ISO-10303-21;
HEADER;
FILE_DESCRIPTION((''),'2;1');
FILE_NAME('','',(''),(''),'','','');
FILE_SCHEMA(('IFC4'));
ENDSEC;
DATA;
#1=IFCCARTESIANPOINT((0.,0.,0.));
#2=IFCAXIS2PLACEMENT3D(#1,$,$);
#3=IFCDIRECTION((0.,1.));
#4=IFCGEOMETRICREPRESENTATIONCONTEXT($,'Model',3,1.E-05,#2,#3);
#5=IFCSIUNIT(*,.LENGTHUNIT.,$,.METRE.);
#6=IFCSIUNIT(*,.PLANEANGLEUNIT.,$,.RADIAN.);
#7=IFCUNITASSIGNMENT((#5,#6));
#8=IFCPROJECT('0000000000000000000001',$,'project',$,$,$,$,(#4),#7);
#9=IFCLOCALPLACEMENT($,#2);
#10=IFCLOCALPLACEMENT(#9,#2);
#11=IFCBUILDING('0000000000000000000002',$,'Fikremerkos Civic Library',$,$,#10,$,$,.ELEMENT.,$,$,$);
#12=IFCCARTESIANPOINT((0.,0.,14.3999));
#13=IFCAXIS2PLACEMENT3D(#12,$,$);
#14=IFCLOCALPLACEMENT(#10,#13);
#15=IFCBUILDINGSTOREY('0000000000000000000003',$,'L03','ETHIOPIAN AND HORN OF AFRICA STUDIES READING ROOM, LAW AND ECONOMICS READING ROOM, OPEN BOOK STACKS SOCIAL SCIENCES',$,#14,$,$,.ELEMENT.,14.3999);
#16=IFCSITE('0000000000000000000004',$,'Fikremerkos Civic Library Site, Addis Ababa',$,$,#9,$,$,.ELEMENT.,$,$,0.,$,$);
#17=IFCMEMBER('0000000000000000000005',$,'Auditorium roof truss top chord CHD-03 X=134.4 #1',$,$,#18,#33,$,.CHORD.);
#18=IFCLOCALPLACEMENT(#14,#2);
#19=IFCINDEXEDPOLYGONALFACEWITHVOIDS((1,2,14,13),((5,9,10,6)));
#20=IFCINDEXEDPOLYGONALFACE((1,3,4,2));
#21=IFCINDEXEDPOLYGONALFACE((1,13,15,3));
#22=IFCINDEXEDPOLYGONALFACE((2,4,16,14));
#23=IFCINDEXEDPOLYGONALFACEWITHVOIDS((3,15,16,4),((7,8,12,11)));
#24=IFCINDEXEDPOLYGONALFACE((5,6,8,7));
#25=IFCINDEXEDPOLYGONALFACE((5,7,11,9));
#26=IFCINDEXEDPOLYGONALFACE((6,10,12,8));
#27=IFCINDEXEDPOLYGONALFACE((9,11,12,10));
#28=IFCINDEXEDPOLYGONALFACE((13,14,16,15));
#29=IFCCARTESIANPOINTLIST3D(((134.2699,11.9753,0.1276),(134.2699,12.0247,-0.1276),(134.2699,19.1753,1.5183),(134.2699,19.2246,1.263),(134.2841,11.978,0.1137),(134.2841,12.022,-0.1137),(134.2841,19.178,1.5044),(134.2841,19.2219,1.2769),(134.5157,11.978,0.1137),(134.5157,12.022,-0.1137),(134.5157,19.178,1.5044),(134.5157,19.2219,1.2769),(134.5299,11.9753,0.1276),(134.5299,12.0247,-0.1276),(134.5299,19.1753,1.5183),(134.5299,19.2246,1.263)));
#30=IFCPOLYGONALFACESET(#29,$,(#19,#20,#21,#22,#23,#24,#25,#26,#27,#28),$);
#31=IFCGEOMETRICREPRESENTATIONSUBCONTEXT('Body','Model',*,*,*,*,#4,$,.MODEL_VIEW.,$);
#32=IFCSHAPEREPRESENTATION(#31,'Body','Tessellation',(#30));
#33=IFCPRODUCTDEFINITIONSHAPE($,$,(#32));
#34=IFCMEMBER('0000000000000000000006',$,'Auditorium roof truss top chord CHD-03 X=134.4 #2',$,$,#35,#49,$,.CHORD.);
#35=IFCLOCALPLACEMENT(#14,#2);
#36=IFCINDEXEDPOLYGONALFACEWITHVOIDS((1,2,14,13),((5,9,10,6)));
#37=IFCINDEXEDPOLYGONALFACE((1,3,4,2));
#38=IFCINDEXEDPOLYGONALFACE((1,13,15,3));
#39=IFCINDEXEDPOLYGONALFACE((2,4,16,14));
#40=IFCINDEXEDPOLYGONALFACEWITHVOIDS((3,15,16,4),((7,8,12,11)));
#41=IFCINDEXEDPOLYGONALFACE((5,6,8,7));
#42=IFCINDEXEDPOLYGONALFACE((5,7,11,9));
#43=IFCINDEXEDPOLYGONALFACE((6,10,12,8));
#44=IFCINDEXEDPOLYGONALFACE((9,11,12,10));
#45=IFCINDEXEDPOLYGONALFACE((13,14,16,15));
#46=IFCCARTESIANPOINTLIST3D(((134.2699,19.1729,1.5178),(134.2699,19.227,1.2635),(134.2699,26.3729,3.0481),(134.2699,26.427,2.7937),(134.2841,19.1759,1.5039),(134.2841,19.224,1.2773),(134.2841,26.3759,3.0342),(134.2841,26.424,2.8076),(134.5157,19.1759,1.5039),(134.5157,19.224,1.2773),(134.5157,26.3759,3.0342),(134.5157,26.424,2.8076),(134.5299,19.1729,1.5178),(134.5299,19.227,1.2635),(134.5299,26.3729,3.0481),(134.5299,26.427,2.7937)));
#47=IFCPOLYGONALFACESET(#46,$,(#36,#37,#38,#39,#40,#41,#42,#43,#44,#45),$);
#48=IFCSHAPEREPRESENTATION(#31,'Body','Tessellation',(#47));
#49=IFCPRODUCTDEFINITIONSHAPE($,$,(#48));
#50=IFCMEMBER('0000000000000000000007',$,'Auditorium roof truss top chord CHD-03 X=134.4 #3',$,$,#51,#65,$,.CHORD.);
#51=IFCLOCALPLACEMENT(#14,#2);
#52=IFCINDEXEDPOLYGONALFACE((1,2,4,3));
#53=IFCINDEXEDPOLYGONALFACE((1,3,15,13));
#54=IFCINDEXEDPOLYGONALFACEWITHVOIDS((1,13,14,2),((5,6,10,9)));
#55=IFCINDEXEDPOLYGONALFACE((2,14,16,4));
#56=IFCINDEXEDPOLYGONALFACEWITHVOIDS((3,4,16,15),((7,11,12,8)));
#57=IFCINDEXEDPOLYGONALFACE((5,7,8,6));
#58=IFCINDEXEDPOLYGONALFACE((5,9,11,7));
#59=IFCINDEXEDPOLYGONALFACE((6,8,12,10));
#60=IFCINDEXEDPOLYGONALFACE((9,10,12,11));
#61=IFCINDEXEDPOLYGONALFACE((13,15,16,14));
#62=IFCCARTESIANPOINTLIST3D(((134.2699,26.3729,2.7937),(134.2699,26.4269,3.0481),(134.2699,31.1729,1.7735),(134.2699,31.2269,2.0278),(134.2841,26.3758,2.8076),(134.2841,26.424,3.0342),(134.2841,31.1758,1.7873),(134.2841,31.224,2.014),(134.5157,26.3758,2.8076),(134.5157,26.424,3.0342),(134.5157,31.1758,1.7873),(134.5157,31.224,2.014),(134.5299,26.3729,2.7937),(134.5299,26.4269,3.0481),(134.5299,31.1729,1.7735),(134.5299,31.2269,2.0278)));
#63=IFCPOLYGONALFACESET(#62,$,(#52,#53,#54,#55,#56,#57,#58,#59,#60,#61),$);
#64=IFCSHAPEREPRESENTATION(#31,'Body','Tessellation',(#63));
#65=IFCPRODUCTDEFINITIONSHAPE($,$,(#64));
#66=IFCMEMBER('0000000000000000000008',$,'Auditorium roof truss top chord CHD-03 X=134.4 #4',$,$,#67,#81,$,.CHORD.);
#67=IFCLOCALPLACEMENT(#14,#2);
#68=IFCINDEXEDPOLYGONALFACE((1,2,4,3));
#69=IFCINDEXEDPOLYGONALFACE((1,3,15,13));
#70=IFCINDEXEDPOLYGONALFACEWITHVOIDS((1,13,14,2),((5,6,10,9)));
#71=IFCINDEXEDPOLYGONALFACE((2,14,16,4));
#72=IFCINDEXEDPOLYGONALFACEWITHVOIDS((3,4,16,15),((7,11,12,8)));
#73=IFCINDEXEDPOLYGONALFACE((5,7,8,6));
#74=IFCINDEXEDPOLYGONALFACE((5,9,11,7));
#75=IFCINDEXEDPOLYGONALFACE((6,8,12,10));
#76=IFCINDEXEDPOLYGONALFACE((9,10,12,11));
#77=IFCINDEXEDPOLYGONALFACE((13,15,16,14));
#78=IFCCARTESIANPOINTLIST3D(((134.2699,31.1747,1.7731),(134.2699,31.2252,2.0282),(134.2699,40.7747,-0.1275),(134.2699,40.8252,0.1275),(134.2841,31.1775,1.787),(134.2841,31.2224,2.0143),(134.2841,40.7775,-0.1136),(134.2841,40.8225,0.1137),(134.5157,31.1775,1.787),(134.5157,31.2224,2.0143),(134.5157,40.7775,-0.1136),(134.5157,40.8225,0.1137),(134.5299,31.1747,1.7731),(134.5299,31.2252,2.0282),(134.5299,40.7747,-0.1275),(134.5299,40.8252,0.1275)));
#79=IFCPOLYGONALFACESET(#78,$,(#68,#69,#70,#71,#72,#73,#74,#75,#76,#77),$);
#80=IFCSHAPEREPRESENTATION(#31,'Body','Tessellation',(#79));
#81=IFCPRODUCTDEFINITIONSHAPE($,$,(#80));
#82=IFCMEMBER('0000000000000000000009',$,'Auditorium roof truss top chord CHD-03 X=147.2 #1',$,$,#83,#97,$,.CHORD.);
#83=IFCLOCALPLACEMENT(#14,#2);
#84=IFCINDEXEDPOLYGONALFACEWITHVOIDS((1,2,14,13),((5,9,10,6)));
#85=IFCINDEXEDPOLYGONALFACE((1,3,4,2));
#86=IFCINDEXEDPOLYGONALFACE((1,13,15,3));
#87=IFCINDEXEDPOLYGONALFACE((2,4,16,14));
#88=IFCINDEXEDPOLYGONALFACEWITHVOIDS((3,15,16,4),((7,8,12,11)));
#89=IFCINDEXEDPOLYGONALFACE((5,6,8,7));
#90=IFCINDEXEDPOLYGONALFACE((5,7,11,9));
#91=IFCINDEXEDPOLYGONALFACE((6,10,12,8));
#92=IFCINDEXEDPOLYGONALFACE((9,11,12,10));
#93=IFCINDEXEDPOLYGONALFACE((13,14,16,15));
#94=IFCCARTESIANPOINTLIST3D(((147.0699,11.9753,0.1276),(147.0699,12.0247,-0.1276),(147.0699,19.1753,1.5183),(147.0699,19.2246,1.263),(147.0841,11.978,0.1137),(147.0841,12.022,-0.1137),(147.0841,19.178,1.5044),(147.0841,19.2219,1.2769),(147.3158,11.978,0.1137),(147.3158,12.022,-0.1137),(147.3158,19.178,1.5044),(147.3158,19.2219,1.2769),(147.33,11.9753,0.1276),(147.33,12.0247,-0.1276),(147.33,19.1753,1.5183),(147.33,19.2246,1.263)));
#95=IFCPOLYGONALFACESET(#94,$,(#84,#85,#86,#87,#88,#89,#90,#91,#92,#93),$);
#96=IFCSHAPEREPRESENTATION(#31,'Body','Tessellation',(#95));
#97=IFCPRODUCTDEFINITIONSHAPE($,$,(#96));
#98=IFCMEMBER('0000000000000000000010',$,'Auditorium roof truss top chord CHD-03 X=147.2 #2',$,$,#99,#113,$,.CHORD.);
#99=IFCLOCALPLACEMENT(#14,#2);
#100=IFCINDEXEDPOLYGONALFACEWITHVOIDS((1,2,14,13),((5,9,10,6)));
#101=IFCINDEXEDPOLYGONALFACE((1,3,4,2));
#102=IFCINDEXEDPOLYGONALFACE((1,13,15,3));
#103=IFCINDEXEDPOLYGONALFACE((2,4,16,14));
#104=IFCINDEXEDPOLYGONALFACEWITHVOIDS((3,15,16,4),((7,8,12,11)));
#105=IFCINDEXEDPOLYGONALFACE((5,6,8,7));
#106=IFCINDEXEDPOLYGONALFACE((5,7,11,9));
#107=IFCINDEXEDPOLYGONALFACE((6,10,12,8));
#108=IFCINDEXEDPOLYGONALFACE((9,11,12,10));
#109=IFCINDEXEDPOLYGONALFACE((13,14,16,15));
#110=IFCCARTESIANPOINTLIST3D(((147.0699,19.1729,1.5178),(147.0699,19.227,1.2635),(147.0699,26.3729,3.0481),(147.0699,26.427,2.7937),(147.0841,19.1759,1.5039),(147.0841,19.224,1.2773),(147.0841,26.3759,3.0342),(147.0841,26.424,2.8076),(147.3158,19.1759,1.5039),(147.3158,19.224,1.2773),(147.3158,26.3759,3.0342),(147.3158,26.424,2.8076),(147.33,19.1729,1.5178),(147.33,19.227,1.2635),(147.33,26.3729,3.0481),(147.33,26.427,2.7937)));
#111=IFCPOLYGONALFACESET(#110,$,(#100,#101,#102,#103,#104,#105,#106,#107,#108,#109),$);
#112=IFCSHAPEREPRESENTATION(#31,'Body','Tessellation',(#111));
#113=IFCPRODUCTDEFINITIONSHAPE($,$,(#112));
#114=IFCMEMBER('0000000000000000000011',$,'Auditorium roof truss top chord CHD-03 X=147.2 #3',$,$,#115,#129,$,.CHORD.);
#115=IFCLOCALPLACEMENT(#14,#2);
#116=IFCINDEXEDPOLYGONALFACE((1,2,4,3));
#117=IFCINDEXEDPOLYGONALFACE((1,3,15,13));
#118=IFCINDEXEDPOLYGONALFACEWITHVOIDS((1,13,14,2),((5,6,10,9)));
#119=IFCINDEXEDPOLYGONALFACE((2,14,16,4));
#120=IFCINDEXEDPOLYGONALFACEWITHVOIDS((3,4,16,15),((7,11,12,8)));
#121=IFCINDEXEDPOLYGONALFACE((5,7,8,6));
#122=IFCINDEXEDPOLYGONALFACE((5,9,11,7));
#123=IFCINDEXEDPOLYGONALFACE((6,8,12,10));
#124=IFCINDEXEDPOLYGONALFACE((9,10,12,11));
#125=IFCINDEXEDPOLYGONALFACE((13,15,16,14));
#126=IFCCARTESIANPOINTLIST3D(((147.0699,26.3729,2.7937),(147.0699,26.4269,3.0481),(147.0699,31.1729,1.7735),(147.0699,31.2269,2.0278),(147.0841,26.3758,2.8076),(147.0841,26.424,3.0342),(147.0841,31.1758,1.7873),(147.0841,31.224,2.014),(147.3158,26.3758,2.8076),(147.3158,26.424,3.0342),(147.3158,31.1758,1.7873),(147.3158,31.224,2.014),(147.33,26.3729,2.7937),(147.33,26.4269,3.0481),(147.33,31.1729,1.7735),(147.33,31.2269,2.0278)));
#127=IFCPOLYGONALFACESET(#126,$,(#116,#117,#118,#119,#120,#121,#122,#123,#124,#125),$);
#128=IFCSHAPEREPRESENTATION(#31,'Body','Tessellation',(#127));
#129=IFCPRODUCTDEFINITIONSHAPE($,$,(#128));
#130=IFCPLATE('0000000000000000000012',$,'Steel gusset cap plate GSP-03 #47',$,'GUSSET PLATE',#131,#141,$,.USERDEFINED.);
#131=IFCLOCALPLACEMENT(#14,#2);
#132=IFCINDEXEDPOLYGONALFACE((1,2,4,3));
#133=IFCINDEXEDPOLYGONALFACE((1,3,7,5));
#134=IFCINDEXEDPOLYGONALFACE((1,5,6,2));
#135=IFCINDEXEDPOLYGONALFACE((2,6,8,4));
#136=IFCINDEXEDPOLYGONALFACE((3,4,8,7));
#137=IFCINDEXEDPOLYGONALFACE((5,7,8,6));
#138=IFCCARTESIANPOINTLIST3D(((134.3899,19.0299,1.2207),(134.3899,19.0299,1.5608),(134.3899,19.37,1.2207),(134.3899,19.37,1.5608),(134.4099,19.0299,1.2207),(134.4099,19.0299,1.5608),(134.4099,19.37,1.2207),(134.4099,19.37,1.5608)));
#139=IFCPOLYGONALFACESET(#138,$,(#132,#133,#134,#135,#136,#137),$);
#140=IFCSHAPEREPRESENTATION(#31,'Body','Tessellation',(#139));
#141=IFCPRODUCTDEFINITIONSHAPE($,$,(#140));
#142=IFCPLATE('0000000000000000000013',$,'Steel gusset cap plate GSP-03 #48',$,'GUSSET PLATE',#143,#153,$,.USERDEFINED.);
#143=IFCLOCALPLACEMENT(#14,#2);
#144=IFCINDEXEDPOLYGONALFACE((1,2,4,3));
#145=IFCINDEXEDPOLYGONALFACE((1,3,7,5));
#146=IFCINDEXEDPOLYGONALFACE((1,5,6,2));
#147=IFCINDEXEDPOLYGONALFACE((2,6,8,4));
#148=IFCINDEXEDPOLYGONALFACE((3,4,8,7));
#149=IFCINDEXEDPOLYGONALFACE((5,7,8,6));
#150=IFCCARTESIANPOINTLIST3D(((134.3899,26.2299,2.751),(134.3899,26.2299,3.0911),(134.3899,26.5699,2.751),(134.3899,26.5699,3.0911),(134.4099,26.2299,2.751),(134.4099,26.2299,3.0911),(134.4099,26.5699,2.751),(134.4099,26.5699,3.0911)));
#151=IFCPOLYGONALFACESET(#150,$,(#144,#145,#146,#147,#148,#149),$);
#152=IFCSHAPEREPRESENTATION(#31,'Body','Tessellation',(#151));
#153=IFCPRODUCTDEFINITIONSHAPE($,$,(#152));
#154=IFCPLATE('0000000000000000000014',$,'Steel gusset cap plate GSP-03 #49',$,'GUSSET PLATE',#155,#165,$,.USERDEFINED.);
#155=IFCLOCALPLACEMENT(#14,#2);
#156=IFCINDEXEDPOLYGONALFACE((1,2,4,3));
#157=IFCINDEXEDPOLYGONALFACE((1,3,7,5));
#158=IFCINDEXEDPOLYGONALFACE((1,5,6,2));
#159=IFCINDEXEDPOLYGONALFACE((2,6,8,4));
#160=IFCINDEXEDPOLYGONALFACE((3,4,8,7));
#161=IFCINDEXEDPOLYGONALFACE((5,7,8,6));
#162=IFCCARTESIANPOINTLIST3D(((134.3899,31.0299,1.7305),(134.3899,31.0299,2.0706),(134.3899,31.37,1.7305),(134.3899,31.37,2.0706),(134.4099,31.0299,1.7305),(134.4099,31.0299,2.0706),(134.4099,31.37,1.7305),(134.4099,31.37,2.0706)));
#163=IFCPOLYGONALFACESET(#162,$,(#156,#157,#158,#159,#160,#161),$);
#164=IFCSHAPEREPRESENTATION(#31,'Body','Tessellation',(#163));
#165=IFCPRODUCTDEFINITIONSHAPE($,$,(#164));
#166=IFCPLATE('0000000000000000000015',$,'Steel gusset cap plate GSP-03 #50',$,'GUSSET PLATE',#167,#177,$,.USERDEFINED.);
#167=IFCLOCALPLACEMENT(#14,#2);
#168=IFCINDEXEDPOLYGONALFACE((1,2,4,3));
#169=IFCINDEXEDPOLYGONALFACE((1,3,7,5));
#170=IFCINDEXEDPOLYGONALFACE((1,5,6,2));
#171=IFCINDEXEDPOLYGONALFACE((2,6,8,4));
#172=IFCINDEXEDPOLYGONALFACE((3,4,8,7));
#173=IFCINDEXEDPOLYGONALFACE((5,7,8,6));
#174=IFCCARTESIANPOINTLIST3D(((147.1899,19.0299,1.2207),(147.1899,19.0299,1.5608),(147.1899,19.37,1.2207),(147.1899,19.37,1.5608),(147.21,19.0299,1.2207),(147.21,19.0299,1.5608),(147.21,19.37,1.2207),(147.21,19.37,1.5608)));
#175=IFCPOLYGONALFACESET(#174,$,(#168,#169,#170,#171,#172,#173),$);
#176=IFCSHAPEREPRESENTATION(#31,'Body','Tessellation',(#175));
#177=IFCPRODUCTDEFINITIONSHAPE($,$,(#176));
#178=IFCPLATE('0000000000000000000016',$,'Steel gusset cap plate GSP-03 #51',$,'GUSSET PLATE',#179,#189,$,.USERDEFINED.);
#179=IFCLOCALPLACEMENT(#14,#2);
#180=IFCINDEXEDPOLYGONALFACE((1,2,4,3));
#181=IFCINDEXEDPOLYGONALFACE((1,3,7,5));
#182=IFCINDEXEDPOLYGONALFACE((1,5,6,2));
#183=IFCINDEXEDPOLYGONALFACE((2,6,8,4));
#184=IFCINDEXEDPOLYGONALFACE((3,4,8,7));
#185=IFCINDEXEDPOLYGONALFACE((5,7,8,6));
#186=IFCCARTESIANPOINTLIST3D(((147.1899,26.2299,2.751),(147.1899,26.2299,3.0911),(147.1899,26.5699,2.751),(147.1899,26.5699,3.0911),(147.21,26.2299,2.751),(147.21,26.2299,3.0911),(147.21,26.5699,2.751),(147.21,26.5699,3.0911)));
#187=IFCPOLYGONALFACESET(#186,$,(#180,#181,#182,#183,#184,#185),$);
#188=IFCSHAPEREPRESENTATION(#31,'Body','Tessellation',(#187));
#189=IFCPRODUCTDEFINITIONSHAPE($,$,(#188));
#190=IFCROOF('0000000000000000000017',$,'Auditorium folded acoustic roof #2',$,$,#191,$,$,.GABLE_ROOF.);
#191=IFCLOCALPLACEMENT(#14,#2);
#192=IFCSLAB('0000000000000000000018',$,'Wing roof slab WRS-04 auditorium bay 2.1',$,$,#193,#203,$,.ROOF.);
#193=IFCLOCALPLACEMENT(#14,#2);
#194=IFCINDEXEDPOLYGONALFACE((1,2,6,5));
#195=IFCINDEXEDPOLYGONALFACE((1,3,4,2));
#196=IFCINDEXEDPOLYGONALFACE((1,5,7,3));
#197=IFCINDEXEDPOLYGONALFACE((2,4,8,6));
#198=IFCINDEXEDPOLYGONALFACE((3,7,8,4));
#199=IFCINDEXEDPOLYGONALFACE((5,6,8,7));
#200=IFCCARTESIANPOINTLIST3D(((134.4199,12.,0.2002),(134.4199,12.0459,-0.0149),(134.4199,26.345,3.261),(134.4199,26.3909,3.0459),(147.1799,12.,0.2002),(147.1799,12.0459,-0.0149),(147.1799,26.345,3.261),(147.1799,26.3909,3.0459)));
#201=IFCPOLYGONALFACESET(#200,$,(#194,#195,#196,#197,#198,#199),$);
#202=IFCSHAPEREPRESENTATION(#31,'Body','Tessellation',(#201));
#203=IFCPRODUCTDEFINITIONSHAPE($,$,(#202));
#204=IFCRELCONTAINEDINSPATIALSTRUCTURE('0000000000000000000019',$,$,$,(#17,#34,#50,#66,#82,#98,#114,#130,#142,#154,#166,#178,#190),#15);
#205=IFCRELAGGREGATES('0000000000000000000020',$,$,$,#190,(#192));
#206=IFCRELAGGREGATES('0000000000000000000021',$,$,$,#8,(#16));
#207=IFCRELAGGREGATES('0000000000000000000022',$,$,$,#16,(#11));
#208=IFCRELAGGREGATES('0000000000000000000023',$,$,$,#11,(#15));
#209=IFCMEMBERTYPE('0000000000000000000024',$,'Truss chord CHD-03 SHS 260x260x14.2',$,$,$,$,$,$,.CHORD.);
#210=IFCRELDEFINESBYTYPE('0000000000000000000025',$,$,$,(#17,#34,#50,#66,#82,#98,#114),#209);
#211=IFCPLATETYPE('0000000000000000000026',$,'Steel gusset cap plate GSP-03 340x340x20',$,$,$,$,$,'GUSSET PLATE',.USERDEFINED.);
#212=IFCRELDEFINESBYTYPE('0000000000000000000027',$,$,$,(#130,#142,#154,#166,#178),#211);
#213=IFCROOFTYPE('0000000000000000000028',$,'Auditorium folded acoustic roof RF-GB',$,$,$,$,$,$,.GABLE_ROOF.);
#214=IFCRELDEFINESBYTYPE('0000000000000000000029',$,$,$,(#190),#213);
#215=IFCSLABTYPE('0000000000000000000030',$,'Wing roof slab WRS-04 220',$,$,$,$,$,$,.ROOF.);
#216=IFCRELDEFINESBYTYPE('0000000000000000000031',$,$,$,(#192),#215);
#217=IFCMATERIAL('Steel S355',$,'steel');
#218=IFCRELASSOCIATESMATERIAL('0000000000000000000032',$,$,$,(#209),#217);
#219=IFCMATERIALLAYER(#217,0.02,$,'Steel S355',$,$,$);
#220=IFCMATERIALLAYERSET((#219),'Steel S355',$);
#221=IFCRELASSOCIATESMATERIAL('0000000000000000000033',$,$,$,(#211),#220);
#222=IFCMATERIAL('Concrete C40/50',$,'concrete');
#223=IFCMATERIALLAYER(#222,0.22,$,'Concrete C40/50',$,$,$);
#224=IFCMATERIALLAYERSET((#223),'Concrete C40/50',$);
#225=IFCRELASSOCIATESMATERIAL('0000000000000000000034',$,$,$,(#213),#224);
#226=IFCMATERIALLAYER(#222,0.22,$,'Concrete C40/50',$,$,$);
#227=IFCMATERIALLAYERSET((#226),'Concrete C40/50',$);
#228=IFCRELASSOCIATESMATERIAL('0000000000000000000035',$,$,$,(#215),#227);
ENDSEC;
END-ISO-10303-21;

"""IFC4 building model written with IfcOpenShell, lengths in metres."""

from ifc_helpers import new_model, si_unit, direction, frame, origin, origin_2d, place, context, subcontext, project, spatial, polyline, rectangle, hollow_rectangle, outline, extrude, material, layer, layer_set, material_profile, profile_set, type_object, element, aggregate, save


model = new_model("IFC4")

# Units and contexts
model_context = context("Model", 3, precision=1e-05, world=origin(), true_north=direction((0.0, 1.0)))
body_context = subcontext(model_context, "Body", "Model", "MODEL_VIEW")
ifc_project = project(units=[si_unit("LENGTHUNIT", "METRE"), si_unit("PLANEANGLEUNIT", "RADIAN")], contexts=[model_context])

# Site, building, storey
site_placement = place(None, origin())
site = spatial("IfcSite", under=ifc_project, at=site_placement, Name="Fikremerkos Civic Library Site, Addis Ababa", CompositionType="ELEMENT", RefElevation=0.0)
building_placement = place(site_placement, origin())
building = spatial("IfcBuilding", under=site, at=building_placement, Name="Fikremerkos Civic Library", CompositionType="ELEMENT")
storey_placement = place(building_placement, frame((0.0, 0.0, 14.3999)))
storey = spatial("IfcBuildingStorey", under=building, at=storey_placement, Name="L03", Description="ETHIOPIAN AND HORN OF AFRICA STUDIES READING ROOM, LAW AND ECONOMICS READING ROOM, OPEN BOOK STACKS SOCIAL SCIENCES", CompositionType="ELEMENT", Elevation=14.3999)

# Members
ifc_material_1 = material(Name="Steel S355", Category="steel")
ifc_material_profile_1 = material_profile(ifc_material_1, hollow_rectangle(XDim=0.26, YDim=0.26, WallThickness=0.0142, at=origin_2d()), Name="SHS 260x260x14.2")
ifc_profile_set_1 = profile_set([ifc_material_profile_1], Name="Steel S355")
member_type_1 = type_object("IfcMemberType", Name="Truss chord CHD-03 SHS 260x260x14.2", PredefinedType="CHORD", material=ifc_profile_set_1)
member_1_placement = place(storey_placement, frame((134.3999, 12.0, 0.0), z_axis=(0.0, 0.981854, 0.189639), x_axis=(-1.0, 0.0, 0.0)))
element("IfcMember", 1, at=member_1_placement, inside=storey, type_object=member_type_1, Name="Auditorium roof truss top chord CHD-03 X=134.4 #1", PredefinedType="CHORD", context=body_context, shape_type="SweptSolid", body=[
    extrude(hollow_rectangle(XDim=0.26, YDim=0.26, WallThickness=0.0142, at=origin_2d()), origin(), (0.0, 0.0, 1.0), 7.333),
])
member_2_placement = place(storey_placement, frame((134.3999, 19.2, 1.3906), z_axis=(0.0, 0.978151, 0.207896), x_axis=(-1.0, 0.0, 0.0)))
element("IfcMember", 2, at=member_2_placement, inside=storey, type_object=member_type_1, Name="Auditorium roof truss top chord CHD-03 X=134.4 #2", PredefinedType="CHORD", context=body_context, shape_type="SweptSolid", body=[
    extrude(hollow_rectangle(XDim=0.26, YDim=0.26, WallThickness=0.0142, at=origin_2d()), origin(), (0.0, 0.0, 1.0), 7.3608),
])
member_3_placement = place(storey_placement, frame((134.3999, 26.3999, 2.9209), z_axis=(0.0, 0.978148, -0.207908), x_axis=(-1.0, 0.0, 0.0)))
element("IfcMember", 3, at=member_3_placement, inside=storey, type_object=member_type_1, Name="Auditorium roof truss top chord CHD-03 X=134.4 #3", PredefinedType="CHORD", context=body_context, shape_type="SweptSolid", body=[
    extrude(hollow_rectangle(XDim=0.26, YDim=0.26, WallThickness=0.0142, at=origin_2d()), origin(), (0.0, 0.0, 1.0), 4.9072),
])
member_4_placement = place(storey_placement, frame((134.3999, 31.2, 1.9006), z_axis=(0.0, 0.98096, -0.194211), x_axis=(-1.0, 0.0, 0.0)))
element("IfcMember", 4, at=member_4_placement, inside=storey, type_object=member_type_1, Name="Auditorium roof truss top chord CHD-03 X=134.4 #4", PredefinedType="CHORD", context=body_context, shape_type="SweptSolid", body=[
    extrude(hollow_rectangle(XDim=0.26, YDim=0.26, WallThickness=0.0142, at=origin_2d()), origin(), (0.0, 0.0, 1.0), 9.7864),
])
member_5_placement = place(storey_placement, frame((147.2, 12.0, 0.0), z_axis=(0.0, 0.981854, 0.189639), x_axis=(-1.0, 0.0, 0.0)))
element("IfcMember", 5, at=member_5_placement, inside=storey, type_object=member_type_1, Name="Auditorium roof truss top chord CHD-03 X=147.2 #1", PredefinedType="CHORD", context=body_context, shape_type="SweptSolid", body=[
    extrude(hollow_rectangle(XDim=0.26, YDim=0.26, WallThickness=0.0142, at=origin_2d()), origin(), (0.0, 0.0, 1.0), 7.333),
])
member_6_placement = place(storey_placement, frame((147.2, 19.2, 1.3906), z_axis=(0.0, 0.978151, 0.207896), x_axis=(-1.0, 0.0, 0.0)))
element("IfcMember", 6, at=member_6_placement, inside=storey, type_object=member_type_1, Name="Auditorium roof truss top chord CHD-03 X=147.2 #2", PredefinedType="CHORD", context=body_context, shape_type="SweptSolid", body=[
    extrude(hollow_rectangle(XDim=0.26, YDim=0.26, WallThickness=0.0142, at=origin_2d()), origin(), (0.0, 0.0, 1.0), 7.3608),
])
member_7_placement = place(storey_placement, frame((147.2, 26.3999, 2.9209), z_axis=(0.0, 0.978148, -0.207908), x_axis=(-1.0, 0.0, 0.0)))
element("IfcMember", 7, at=member_7_placement, inside=storey, type_object=member_type_1, Name="Auditorium roof truss top chord CHD-03 X=147.2 #3", PredefinedType="CHORD", context=body_context, shape_type="SweptSolid", body=[
    extrude(hollow_rectangle(XDim=0.26, YDim=0.26, WallThickness=0.0142, at=origin_2d()), origin(), (0.0, 0.0, 1.0), 4.9072),
])

# Plates
ifc_layer_1 = layer(ifc_material_1, 0.02, Name="Steel S355")
ifc_layer_set_1 = layer_set([ifc_layer_1], Name="Steel S355")
plate_type = type_object("IfcPlateType", Name="Steel gusset cap plate GSP-03 340x340x20", ElementType="GUSSET PLATE", PredefinedType="USERDEFINED", material=ifc_layer_set_1)
for number, where, z_axis, x_axis, name in (
    (8, (134.3999, 19.2, 1.2207), (0.0, 0.0, 1.0), (1.0, 0.0, 0.0), "Steel gusset cap plate GSP-03 #47"),
    (9, (134.3999, 26.3999, 2.751), (0.0, 0.0, 1.0), (1.0, 0.0, 0.0), "Steel gusset cap plate GSP-03 #48"),
    (10, (134.3999, 31.2, 1.7305), (0.0, 0.0, 1.0), (1.0, 0.0, 0.0), "Steel gusset cap plate GSP-03 #49"),
    (11, (147.2, 19.2, 1.2207), (0.0, 0.0, 1.0), (1.0, 0.0, 0.0), "Steel gusset cap plate GSP-03 #50"),
    (12, (147.2, 26.3999, 2.751), (0.0, 0.0, 1.0), (1.0, 0.0, 0.0), "Steel gusset cap plate GSP-03 #51"),
):
    element("IfcPlate", number, at=place(storey_placement, frame(where, z_axis=z_axis, x_axis=x_axis)), inside=storey, type_object=plate_type, Name=name, ObjectType="GUSSET PLATE", PredefinedType="USERDEFINED", context=body_context, shape_type="SweptSolid", body=[
        extrude(rectangle(XDim=0.02, YDim=0.3401, at=origin_2d()), origin(), (0.0, 0.0, 1.0), 0.3401),
    ])

# Roof, slab
ifc_material_2 = material(Name="Concrete C40/50", Category="concrete")
ifc_layer_2 = layer(ifc_material_2, 0.22, Name="Concrete C40/50")
ifc_layer_set_2 = layer_set([ifc_layer_2], Name="Concrete C40/50")
roof_type = type_object("IfcRoofType", Name="Auditorium folded acoustic roof RF-GB", PredefinedType="GABLE_ROOF", material=ifc_layer_set_2)
roof_placement = place(storey_placement, origin())
roof = element("IfcRoof", 13, at=roof_placement, inside=storey, type_object=roof_type, Name="Auditorium folded acoustic roof #2", PredefinedType="GABLE_ROOF")
ifc_layer_3 = layer(ifc_material_2, 0.22, Name="Concrete C40/50")
ifc_layer_set_3 = layer_set([ifc_layer_3], Name="Concrete C40/50")
slab_type = type_object("IfcSlabType", Name="Wing roof slab WRS-04 220", PredefinedType="ROOF", material=ifc_layer_set_3)
slab_1_placement = place(storey_placement, frame((134.4199, 12.0, 0.2002), z_axis=(0.0, -0.208673, 0.977985), x_axis=(1.0, 0.0, 0.0)))
slab_1 = element("IfcSlab", 14, at=slab_1_placement, type_object=slab_type, Name="Wing roof slab WRS-04 auditorium bay 2.1", PredefinedType="ROOF", context=body_context, shape_type="SweptSolid", body=[
    extrude(outline(polyline([(0.0, 0.0), (12.76, 0.0), (12.76, 14.6679), (0.0, 14.6679), (0.0, 0.0)])), origin(), (0.0, 0.0, -1.0), 0.22),
])
aggregate(roof, [slab_1])

save(model, "model.ifc")
